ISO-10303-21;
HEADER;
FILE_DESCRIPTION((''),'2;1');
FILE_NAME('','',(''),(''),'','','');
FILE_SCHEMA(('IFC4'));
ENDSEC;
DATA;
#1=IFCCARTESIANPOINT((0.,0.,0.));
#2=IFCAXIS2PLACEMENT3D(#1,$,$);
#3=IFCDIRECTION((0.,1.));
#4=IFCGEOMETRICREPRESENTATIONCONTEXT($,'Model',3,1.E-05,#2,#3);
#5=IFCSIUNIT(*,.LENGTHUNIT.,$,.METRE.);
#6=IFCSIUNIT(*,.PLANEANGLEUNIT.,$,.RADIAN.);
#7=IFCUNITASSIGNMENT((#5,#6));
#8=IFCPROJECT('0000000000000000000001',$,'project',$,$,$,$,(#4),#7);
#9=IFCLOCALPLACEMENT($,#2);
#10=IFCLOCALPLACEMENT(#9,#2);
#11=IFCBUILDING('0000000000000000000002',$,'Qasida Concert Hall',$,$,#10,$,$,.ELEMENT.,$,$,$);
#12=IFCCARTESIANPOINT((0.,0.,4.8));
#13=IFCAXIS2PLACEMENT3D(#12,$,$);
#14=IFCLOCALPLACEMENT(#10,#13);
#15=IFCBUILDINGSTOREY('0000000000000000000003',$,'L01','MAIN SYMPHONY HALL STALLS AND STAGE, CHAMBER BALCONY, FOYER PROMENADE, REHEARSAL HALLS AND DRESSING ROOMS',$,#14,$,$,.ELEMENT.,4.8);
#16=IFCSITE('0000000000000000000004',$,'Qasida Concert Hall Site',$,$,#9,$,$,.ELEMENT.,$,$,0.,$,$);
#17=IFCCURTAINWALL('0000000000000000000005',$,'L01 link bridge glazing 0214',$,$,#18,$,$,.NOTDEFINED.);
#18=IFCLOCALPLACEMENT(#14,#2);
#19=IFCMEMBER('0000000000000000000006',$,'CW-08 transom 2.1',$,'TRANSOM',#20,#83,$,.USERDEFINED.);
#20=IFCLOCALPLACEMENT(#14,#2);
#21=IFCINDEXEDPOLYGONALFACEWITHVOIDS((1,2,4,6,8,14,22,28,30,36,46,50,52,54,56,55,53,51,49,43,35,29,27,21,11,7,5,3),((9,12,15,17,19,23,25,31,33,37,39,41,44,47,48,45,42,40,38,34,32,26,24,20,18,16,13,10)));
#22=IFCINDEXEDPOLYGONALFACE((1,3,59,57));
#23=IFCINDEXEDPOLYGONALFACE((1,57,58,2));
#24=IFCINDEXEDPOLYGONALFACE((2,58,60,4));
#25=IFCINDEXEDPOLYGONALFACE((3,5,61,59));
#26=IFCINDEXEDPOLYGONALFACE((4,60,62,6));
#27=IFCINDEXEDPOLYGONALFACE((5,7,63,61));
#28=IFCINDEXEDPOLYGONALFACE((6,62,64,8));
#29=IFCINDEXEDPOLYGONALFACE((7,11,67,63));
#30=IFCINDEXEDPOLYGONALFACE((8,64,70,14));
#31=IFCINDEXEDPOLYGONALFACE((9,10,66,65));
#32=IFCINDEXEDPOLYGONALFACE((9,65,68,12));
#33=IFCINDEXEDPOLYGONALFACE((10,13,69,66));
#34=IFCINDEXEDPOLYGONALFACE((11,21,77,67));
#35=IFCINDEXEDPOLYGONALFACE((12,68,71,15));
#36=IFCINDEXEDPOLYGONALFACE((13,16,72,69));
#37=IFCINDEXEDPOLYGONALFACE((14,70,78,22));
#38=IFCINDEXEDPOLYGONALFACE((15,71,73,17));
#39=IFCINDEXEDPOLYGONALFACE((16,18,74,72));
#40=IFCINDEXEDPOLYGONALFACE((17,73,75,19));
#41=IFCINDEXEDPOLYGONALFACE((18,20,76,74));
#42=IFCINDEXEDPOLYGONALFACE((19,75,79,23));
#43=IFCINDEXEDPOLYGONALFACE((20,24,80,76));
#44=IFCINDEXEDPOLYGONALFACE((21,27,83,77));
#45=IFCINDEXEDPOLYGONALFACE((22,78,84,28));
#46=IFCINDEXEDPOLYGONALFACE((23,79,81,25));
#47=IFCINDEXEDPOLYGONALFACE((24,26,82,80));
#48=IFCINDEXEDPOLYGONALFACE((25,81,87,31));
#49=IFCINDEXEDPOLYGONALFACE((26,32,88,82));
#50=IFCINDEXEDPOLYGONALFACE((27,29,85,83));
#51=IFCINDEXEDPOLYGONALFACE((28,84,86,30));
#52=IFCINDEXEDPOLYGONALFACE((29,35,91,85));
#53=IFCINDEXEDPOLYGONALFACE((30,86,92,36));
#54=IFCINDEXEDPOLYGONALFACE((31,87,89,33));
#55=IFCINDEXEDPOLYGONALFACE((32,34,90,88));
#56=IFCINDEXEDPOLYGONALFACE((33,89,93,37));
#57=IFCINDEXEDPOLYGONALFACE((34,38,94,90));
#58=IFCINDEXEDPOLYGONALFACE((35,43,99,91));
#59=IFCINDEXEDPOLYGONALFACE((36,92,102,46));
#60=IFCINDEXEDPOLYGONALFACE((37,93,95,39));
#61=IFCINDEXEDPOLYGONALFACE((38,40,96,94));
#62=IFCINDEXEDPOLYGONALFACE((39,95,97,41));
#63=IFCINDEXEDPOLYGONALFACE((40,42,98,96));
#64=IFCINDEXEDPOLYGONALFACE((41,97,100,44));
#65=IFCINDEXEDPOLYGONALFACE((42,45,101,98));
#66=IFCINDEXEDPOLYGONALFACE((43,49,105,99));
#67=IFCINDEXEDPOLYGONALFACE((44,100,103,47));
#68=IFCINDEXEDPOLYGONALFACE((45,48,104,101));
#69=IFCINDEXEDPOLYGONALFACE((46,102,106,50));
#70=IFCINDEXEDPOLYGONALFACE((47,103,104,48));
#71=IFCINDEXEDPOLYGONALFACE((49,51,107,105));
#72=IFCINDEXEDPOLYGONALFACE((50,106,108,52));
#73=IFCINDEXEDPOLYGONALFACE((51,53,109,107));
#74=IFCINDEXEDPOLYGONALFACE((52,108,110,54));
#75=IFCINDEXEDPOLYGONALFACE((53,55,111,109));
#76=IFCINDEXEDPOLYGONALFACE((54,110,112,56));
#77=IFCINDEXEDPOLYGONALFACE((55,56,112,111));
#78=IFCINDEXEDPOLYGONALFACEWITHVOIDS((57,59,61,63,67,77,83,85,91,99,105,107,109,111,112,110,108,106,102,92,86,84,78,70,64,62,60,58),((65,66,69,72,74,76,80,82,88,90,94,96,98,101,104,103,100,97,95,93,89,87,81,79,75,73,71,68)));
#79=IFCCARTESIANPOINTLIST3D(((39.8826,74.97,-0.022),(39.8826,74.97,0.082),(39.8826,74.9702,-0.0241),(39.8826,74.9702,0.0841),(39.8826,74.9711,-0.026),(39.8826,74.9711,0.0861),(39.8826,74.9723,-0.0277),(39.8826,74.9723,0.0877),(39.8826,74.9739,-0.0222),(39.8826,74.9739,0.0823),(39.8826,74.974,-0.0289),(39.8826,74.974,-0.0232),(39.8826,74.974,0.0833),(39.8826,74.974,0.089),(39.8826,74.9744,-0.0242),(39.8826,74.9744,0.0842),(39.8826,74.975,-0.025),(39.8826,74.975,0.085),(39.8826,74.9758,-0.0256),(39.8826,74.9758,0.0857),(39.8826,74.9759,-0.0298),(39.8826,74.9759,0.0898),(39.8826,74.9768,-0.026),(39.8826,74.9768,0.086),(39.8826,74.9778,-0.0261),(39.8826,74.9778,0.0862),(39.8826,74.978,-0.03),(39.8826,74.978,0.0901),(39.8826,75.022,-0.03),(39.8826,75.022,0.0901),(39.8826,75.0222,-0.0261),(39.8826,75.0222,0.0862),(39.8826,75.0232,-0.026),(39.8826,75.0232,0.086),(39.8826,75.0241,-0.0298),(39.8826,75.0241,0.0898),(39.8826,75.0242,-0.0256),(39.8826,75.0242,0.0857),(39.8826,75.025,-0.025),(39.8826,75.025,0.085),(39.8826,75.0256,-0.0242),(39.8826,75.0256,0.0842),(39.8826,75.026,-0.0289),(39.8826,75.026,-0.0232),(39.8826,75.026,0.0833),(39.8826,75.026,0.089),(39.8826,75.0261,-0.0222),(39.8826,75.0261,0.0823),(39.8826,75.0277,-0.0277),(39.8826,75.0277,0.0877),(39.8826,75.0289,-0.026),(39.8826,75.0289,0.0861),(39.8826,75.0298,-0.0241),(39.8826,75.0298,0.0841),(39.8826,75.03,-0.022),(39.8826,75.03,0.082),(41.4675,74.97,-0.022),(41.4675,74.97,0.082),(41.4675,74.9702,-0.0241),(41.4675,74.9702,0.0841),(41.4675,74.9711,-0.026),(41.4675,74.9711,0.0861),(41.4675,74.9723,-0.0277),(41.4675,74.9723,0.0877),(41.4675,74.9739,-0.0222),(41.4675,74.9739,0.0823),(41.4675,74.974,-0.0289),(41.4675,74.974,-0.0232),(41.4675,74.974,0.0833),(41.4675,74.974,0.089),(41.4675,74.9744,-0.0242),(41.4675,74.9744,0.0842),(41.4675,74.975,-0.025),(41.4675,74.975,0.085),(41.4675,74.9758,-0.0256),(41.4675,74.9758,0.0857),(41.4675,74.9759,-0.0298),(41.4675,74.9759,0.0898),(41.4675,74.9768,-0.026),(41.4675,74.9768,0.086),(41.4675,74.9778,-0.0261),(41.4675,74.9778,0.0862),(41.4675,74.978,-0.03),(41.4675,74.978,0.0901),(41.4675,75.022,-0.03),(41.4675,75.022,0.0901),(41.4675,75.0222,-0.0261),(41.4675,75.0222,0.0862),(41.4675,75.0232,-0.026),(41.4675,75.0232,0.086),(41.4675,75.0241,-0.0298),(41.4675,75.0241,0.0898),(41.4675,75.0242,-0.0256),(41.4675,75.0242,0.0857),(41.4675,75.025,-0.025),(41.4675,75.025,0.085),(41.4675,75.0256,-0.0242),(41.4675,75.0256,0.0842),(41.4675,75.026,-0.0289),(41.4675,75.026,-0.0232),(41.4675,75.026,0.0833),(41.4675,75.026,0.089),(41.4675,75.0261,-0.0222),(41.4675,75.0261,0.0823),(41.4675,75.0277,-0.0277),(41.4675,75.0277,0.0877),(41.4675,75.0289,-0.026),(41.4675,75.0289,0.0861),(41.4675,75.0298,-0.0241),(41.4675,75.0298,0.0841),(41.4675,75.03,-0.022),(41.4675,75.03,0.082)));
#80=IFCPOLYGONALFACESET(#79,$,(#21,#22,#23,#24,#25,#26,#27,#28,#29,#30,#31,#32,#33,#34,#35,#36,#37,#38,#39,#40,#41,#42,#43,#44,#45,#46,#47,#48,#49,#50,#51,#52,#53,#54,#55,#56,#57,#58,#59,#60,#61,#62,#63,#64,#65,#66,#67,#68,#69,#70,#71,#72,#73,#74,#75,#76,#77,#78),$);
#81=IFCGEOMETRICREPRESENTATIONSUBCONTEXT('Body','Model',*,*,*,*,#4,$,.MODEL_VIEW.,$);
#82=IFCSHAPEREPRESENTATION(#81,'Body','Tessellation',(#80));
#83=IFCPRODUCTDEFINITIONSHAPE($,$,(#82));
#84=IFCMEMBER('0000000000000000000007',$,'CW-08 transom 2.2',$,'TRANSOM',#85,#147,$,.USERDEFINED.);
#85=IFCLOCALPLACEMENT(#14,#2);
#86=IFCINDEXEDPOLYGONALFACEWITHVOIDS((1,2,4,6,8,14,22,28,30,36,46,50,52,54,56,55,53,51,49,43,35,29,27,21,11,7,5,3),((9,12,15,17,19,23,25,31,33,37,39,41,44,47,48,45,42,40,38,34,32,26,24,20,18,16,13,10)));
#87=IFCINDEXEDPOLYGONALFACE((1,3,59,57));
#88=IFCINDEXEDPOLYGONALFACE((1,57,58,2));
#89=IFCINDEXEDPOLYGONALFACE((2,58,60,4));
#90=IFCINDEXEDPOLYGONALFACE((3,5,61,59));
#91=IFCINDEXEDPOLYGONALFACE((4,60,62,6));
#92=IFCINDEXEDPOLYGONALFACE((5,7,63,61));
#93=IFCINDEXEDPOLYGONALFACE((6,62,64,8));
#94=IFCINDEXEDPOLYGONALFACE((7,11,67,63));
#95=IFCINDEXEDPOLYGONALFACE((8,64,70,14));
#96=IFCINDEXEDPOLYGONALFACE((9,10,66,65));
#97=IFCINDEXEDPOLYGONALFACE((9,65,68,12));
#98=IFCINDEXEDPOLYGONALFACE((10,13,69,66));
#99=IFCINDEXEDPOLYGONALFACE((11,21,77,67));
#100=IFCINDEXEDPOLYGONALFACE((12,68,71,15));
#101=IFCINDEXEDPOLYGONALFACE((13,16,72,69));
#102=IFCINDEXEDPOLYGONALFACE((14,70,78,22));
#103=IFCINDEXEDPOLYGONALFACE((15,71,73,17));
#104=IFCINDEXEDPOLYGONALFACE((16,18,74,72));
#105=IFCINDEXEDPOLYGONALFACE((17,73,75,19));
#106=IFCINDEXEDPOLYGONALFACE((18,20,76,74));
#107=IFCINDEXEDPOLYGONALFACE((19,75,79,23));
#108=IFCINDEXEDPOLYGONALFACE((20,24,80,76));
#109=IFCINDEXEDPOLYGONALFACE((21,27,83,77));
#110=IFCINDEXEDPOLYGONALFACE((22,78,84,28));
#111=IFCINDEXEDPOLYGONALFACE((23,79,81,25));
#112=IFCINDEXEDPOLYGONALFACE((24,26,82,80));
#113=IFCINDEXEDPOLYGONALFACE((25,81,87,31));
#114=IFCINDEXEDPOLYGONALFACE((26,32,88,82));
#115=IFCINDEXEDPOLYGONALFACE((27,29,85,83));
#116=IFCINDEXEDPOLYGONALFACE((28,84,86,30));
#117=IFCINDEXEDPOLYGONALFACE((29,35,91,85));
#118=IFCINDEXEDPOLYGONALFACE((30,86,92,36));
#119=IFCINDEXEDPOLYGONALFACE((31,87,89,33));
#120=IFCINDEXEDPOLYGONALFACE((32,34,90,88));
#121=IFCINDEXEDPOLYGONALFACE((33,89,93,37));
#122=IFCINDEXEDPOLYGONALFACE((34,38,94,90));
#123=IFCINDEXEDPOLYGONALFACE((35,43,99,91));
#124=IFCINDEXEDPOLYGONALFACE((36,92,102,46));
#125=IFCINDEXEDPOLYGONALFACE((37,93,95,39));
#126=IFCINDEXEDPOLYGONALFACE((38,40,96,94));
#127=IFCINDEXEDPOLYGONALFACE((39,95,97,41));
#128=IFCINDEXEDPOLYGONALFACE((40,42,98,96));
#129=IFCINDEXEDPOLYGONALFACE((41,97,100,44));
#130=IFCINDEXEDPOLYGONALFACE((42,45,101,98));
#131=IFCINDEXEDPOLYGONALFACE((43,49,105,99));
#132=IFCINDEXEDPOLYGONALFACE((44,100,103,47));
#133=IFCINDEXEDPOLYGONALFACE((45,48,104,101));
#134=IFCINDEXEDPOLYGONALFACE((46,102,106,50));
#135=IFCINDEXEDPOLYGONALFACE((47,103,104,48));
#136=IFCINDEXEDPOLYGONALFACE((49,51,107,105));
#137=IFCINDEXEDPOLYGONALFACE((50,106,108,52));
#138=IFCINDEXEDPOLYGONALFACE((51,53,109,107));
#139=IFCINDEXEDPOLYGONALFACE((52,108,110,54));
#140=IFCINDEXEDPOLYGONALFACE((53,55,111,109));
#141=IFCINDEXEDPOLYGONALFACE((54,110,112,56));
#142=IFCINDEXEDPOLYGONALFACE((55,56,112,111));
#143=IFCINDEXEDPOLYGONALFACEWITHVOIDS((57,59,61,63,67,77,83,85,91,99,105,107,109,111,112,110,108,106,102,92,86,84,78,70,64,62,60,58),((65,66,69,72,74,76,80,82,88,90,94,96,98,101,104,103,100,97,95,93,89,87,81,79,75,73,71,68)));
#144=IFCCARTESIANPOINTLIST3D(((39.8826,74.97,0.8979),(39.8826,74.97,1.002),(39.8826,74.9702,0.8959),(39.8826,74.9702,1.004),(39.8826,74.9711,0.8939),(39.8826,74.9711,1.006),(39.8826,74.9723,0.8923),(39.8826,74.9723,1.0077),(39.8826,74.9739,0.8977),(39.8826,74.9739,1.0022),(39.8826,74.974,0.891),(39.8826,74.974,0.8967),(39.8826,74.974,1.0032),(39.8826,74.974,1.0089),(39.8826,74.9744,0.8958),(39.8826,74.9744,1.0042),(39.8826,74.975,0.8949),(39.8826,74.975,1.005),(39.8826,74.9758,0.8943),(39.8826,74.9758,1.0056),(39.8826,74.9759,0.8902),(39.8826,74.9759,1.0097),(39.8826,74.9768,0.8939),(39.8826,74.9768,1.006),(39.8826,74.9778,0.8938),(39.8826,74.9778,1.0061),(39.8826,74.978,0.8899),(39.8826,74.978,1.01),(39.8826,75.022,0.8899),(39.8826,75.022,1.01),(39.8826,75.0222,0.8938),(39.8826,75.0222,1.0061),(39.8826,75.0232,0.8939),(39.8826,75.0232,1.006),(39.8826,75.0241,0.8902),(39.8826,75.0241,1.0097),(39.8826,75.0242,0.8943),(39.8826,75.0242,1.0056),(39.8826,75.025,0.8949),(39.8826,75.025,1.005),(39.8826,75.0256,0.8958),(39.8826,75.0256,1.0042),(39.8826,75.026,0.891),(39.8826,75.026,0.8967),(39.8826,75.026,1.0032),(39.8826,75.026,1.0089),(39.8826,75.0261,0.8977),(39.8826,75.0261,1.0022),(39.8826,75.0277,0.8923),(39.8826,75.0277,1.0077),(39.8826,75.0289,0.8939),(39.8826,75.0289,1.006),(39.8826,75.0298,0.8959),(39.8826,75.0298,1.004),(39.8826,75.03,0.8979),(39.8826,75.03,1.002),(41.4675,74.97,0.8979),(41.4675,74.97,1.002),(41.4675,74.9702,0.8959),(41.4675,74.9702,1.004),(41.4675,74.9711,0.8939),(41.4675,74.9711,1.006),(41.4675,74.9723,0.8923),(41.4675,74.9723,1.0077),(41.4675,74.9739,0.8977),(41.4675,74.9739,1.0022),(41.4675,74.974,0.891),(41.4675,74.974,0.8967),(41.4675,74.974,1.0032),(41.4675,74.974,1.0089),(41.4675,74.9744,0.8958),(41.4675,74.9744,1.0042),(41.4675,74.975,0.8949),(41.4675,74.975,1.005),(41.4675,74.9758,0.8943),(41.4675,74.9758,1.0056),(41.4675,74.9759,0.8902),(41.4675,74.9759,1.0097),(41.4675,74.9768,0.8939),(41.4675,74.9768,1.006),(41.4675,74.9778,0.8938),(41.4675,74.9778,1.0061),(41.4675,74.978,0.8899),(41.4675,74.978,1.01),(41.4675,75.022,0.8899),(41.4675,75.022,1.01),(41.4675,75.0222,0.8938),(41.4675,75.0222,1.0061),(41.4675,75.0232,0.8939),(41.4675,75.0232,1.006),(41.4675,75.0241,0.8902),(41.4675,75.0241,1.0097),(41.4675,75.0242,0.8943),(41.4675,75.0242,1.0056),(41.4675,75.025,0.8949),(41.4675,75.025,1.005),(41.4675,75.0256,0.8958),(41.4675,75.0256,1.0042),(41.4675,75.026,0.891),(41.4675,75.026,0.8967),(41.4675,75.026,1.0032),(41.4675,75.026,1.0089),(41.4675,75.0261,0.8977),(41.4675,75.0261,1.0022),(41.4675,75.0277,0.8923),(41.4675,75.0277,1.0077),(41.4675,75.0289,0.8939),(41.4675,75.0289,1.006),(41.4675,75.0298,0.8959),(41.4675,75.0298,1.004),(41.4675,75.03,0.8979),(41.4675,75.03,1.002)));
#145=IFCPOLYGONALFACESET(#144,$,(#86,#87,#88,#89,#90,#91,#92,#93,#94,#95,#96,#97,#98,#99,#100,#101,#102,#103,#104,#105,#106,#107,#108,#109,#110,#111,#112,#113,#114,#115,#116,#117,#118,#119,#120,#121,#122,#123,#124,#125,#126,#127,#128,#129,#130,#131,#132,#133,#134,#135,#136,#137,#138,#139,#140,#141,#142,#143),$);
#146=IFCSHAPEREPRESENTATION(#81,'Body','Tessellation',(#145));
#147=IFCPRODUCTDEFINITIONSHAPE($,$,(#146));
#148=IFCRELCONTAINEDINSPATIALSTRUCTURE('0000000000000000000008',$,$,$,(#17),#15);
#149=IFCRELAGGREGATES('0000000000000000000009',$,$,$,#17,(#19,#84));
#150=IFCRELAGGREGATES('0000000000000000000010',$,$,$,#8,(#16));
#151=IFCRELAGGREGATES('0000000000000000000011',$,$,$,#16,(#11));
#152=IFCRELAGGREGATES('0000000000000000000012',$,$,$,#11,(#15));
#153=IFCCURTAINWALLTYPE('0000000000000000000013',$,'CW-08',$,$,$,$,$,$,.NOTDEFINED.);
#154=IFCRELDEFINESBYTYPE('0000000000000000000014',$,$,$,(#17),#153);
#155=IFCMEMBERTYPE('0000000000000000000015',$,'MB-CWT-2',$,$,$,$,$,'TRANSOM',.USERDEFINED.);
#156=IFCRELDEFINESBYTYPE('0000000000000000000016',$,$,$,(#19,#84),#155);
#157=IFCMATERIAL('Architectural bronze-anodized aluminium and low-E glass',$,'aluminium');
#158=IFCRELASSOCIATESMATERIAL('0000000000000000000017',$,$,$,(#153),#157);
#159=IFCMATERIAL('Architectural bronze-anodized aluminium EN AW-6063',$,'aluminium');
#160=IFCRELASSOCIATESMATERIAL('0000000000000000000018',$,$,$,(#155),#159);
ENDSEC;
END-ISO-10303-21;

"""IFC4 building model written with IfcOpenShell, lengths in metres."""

from ifc_helpers import new_model, si_unit, direction, frame, origin, origin_2d, place, context, subcontext, project, spatial, hollow_rectangle, extrude, material, material_profile, profile_set, type_object, element, aggregate, save


model = new_model("IFC4")

# Units and contexts
model_context = context("Model", 3, precision=1e-05, world=origin(), true_north=direction((0.0, 1.0)))
body_context = subcontext(model_context, "Body", "Model", "MODEL_VIEW")
ifc_project = project(units=[si_unit("LENGTHUNIT", "METRE"), si_unit("PLANEANGLEUNIT", "RADIAN")], contexts=[model_context])

# Site, building, storey
site_placement = place(None, origin())
site = spatial("IfcSite", under=ifc_project, at=site_placement, Name="Qasida Concert Hall Site", CompositionType="ELEMENT", RefElevation=0.0)
building_placement = place(site_placement, origin())
building = spatial("IfcBuilding", under=site, at=building_placement, Name="Qasida Concert Hall", CompositionType="ELEMENT")
storey_placement = place(building_placement, frame((0.0, 0.0, 4.8)))
storey = spatial("IfcBuildingStorey", under=building, at=storey_placement, Name="L01", Description="MAIN SYMPHONY HALL STALLS AND STAGE, CHAMBER BALCONY, FOYER PROMENADE, REHEARSAL HALLS AND DRESSING ROOMS", CompositionType="ELEMENT", Elevation=4.8)

# Curtain wall, members
ifc_material_1 = material(Name="Architectural bronze-anodized aluminium and low-E glass", Category="aluminium")
curtain_wall_type = type_object("IfcCurtainWallType", Name="CW-08", PredefinedType="NOTDEFINED", material=ifc_material_1)
curtain_wall_placement = place(storey_placement, origin())
curtain_wall = element("IfcCurtainWall", 1, at=curtain_wall_placement, inside=storey, type_object=curtain_wall_type, Name="L01 link bridge glazing 0214", PredefinedType="NOTDEFINED")
ifc_material_2 = material(Name="Architectural bronze-anodized aluminium EN AW-6063", Category="aluminium")
ifc_material_profile_1 = material_profile(ifc_material_2, hollow_rectangle(XDim=0.0601, YDim=0.1201, WallThickness=0.0039, InnerFilletRadius=0.0039, OuterFilletRadius=0.0081, at=origin_2d()), Name="CWT 120x60x4")
ifc_profile_set_1 = profile_set([ifc_material_profile_1], Name="Architectural bronze-anodized aluminium EN AW-6063")
member_type_1 = type_object("IfcMemberType", Name="MB-CWT-2", ElementType="TRANSOM", PredefinedType="USERDEFINED", material=ifc_profile_set_1)
member_1_placement = place(storey_placement, frame((39.8826, 75.0, 0.03), z_axis=(1.0, 0.0, 0.0), x_axis=(0.0, 1.0, 0.0)))
member_1 = element("IfcMember", 2, at=member_1_placement, type_object=member_type_1, Name="CW-08 transom 2.1", ObjectType="TRANSOM", PredefinedType="USERDEFINED", context=body_context, shape_type="SweptSolid", body=[
    extrude(hollow_rectangle(XDim=0.0601, YDim=0.1201, WallThickness=0.0039, InnerFilletRadius=0.0039, OuterFilletRadius=0.0081, at=origin_2d()), origin(), (0.0, 0.0, 1.0), 1.585),
])
member_2_placement = place(storey_placement, frame((39.8826, 75.0, 0.95), z_axis=(1.0, 0.0, 0.0), x_axis=(0.0, 1.0, 0.0)))
member_2 = element("IfcMember", 3, at=member_2_placement, type_object=member_type_1, Name="CW-08 transom 2.2", ObjectType="TRANSOM", PredefinedType="USERDEFINED", context=body_context, shape_type="SweptSolid", body=[
    extrude(hollow_rectangle(XDim=0.0601, YDim=0.1201, WallThickness=0.0039, InnerFilletRadius=0.0039, OuterFilletRadius=0.0081, at=origin_2d()), origin(), (0.0, 0.0, 1.0), 1.585),
])
aggregate(curtain_wall, [member_1, member_2])

save(model, "model.ifc")
